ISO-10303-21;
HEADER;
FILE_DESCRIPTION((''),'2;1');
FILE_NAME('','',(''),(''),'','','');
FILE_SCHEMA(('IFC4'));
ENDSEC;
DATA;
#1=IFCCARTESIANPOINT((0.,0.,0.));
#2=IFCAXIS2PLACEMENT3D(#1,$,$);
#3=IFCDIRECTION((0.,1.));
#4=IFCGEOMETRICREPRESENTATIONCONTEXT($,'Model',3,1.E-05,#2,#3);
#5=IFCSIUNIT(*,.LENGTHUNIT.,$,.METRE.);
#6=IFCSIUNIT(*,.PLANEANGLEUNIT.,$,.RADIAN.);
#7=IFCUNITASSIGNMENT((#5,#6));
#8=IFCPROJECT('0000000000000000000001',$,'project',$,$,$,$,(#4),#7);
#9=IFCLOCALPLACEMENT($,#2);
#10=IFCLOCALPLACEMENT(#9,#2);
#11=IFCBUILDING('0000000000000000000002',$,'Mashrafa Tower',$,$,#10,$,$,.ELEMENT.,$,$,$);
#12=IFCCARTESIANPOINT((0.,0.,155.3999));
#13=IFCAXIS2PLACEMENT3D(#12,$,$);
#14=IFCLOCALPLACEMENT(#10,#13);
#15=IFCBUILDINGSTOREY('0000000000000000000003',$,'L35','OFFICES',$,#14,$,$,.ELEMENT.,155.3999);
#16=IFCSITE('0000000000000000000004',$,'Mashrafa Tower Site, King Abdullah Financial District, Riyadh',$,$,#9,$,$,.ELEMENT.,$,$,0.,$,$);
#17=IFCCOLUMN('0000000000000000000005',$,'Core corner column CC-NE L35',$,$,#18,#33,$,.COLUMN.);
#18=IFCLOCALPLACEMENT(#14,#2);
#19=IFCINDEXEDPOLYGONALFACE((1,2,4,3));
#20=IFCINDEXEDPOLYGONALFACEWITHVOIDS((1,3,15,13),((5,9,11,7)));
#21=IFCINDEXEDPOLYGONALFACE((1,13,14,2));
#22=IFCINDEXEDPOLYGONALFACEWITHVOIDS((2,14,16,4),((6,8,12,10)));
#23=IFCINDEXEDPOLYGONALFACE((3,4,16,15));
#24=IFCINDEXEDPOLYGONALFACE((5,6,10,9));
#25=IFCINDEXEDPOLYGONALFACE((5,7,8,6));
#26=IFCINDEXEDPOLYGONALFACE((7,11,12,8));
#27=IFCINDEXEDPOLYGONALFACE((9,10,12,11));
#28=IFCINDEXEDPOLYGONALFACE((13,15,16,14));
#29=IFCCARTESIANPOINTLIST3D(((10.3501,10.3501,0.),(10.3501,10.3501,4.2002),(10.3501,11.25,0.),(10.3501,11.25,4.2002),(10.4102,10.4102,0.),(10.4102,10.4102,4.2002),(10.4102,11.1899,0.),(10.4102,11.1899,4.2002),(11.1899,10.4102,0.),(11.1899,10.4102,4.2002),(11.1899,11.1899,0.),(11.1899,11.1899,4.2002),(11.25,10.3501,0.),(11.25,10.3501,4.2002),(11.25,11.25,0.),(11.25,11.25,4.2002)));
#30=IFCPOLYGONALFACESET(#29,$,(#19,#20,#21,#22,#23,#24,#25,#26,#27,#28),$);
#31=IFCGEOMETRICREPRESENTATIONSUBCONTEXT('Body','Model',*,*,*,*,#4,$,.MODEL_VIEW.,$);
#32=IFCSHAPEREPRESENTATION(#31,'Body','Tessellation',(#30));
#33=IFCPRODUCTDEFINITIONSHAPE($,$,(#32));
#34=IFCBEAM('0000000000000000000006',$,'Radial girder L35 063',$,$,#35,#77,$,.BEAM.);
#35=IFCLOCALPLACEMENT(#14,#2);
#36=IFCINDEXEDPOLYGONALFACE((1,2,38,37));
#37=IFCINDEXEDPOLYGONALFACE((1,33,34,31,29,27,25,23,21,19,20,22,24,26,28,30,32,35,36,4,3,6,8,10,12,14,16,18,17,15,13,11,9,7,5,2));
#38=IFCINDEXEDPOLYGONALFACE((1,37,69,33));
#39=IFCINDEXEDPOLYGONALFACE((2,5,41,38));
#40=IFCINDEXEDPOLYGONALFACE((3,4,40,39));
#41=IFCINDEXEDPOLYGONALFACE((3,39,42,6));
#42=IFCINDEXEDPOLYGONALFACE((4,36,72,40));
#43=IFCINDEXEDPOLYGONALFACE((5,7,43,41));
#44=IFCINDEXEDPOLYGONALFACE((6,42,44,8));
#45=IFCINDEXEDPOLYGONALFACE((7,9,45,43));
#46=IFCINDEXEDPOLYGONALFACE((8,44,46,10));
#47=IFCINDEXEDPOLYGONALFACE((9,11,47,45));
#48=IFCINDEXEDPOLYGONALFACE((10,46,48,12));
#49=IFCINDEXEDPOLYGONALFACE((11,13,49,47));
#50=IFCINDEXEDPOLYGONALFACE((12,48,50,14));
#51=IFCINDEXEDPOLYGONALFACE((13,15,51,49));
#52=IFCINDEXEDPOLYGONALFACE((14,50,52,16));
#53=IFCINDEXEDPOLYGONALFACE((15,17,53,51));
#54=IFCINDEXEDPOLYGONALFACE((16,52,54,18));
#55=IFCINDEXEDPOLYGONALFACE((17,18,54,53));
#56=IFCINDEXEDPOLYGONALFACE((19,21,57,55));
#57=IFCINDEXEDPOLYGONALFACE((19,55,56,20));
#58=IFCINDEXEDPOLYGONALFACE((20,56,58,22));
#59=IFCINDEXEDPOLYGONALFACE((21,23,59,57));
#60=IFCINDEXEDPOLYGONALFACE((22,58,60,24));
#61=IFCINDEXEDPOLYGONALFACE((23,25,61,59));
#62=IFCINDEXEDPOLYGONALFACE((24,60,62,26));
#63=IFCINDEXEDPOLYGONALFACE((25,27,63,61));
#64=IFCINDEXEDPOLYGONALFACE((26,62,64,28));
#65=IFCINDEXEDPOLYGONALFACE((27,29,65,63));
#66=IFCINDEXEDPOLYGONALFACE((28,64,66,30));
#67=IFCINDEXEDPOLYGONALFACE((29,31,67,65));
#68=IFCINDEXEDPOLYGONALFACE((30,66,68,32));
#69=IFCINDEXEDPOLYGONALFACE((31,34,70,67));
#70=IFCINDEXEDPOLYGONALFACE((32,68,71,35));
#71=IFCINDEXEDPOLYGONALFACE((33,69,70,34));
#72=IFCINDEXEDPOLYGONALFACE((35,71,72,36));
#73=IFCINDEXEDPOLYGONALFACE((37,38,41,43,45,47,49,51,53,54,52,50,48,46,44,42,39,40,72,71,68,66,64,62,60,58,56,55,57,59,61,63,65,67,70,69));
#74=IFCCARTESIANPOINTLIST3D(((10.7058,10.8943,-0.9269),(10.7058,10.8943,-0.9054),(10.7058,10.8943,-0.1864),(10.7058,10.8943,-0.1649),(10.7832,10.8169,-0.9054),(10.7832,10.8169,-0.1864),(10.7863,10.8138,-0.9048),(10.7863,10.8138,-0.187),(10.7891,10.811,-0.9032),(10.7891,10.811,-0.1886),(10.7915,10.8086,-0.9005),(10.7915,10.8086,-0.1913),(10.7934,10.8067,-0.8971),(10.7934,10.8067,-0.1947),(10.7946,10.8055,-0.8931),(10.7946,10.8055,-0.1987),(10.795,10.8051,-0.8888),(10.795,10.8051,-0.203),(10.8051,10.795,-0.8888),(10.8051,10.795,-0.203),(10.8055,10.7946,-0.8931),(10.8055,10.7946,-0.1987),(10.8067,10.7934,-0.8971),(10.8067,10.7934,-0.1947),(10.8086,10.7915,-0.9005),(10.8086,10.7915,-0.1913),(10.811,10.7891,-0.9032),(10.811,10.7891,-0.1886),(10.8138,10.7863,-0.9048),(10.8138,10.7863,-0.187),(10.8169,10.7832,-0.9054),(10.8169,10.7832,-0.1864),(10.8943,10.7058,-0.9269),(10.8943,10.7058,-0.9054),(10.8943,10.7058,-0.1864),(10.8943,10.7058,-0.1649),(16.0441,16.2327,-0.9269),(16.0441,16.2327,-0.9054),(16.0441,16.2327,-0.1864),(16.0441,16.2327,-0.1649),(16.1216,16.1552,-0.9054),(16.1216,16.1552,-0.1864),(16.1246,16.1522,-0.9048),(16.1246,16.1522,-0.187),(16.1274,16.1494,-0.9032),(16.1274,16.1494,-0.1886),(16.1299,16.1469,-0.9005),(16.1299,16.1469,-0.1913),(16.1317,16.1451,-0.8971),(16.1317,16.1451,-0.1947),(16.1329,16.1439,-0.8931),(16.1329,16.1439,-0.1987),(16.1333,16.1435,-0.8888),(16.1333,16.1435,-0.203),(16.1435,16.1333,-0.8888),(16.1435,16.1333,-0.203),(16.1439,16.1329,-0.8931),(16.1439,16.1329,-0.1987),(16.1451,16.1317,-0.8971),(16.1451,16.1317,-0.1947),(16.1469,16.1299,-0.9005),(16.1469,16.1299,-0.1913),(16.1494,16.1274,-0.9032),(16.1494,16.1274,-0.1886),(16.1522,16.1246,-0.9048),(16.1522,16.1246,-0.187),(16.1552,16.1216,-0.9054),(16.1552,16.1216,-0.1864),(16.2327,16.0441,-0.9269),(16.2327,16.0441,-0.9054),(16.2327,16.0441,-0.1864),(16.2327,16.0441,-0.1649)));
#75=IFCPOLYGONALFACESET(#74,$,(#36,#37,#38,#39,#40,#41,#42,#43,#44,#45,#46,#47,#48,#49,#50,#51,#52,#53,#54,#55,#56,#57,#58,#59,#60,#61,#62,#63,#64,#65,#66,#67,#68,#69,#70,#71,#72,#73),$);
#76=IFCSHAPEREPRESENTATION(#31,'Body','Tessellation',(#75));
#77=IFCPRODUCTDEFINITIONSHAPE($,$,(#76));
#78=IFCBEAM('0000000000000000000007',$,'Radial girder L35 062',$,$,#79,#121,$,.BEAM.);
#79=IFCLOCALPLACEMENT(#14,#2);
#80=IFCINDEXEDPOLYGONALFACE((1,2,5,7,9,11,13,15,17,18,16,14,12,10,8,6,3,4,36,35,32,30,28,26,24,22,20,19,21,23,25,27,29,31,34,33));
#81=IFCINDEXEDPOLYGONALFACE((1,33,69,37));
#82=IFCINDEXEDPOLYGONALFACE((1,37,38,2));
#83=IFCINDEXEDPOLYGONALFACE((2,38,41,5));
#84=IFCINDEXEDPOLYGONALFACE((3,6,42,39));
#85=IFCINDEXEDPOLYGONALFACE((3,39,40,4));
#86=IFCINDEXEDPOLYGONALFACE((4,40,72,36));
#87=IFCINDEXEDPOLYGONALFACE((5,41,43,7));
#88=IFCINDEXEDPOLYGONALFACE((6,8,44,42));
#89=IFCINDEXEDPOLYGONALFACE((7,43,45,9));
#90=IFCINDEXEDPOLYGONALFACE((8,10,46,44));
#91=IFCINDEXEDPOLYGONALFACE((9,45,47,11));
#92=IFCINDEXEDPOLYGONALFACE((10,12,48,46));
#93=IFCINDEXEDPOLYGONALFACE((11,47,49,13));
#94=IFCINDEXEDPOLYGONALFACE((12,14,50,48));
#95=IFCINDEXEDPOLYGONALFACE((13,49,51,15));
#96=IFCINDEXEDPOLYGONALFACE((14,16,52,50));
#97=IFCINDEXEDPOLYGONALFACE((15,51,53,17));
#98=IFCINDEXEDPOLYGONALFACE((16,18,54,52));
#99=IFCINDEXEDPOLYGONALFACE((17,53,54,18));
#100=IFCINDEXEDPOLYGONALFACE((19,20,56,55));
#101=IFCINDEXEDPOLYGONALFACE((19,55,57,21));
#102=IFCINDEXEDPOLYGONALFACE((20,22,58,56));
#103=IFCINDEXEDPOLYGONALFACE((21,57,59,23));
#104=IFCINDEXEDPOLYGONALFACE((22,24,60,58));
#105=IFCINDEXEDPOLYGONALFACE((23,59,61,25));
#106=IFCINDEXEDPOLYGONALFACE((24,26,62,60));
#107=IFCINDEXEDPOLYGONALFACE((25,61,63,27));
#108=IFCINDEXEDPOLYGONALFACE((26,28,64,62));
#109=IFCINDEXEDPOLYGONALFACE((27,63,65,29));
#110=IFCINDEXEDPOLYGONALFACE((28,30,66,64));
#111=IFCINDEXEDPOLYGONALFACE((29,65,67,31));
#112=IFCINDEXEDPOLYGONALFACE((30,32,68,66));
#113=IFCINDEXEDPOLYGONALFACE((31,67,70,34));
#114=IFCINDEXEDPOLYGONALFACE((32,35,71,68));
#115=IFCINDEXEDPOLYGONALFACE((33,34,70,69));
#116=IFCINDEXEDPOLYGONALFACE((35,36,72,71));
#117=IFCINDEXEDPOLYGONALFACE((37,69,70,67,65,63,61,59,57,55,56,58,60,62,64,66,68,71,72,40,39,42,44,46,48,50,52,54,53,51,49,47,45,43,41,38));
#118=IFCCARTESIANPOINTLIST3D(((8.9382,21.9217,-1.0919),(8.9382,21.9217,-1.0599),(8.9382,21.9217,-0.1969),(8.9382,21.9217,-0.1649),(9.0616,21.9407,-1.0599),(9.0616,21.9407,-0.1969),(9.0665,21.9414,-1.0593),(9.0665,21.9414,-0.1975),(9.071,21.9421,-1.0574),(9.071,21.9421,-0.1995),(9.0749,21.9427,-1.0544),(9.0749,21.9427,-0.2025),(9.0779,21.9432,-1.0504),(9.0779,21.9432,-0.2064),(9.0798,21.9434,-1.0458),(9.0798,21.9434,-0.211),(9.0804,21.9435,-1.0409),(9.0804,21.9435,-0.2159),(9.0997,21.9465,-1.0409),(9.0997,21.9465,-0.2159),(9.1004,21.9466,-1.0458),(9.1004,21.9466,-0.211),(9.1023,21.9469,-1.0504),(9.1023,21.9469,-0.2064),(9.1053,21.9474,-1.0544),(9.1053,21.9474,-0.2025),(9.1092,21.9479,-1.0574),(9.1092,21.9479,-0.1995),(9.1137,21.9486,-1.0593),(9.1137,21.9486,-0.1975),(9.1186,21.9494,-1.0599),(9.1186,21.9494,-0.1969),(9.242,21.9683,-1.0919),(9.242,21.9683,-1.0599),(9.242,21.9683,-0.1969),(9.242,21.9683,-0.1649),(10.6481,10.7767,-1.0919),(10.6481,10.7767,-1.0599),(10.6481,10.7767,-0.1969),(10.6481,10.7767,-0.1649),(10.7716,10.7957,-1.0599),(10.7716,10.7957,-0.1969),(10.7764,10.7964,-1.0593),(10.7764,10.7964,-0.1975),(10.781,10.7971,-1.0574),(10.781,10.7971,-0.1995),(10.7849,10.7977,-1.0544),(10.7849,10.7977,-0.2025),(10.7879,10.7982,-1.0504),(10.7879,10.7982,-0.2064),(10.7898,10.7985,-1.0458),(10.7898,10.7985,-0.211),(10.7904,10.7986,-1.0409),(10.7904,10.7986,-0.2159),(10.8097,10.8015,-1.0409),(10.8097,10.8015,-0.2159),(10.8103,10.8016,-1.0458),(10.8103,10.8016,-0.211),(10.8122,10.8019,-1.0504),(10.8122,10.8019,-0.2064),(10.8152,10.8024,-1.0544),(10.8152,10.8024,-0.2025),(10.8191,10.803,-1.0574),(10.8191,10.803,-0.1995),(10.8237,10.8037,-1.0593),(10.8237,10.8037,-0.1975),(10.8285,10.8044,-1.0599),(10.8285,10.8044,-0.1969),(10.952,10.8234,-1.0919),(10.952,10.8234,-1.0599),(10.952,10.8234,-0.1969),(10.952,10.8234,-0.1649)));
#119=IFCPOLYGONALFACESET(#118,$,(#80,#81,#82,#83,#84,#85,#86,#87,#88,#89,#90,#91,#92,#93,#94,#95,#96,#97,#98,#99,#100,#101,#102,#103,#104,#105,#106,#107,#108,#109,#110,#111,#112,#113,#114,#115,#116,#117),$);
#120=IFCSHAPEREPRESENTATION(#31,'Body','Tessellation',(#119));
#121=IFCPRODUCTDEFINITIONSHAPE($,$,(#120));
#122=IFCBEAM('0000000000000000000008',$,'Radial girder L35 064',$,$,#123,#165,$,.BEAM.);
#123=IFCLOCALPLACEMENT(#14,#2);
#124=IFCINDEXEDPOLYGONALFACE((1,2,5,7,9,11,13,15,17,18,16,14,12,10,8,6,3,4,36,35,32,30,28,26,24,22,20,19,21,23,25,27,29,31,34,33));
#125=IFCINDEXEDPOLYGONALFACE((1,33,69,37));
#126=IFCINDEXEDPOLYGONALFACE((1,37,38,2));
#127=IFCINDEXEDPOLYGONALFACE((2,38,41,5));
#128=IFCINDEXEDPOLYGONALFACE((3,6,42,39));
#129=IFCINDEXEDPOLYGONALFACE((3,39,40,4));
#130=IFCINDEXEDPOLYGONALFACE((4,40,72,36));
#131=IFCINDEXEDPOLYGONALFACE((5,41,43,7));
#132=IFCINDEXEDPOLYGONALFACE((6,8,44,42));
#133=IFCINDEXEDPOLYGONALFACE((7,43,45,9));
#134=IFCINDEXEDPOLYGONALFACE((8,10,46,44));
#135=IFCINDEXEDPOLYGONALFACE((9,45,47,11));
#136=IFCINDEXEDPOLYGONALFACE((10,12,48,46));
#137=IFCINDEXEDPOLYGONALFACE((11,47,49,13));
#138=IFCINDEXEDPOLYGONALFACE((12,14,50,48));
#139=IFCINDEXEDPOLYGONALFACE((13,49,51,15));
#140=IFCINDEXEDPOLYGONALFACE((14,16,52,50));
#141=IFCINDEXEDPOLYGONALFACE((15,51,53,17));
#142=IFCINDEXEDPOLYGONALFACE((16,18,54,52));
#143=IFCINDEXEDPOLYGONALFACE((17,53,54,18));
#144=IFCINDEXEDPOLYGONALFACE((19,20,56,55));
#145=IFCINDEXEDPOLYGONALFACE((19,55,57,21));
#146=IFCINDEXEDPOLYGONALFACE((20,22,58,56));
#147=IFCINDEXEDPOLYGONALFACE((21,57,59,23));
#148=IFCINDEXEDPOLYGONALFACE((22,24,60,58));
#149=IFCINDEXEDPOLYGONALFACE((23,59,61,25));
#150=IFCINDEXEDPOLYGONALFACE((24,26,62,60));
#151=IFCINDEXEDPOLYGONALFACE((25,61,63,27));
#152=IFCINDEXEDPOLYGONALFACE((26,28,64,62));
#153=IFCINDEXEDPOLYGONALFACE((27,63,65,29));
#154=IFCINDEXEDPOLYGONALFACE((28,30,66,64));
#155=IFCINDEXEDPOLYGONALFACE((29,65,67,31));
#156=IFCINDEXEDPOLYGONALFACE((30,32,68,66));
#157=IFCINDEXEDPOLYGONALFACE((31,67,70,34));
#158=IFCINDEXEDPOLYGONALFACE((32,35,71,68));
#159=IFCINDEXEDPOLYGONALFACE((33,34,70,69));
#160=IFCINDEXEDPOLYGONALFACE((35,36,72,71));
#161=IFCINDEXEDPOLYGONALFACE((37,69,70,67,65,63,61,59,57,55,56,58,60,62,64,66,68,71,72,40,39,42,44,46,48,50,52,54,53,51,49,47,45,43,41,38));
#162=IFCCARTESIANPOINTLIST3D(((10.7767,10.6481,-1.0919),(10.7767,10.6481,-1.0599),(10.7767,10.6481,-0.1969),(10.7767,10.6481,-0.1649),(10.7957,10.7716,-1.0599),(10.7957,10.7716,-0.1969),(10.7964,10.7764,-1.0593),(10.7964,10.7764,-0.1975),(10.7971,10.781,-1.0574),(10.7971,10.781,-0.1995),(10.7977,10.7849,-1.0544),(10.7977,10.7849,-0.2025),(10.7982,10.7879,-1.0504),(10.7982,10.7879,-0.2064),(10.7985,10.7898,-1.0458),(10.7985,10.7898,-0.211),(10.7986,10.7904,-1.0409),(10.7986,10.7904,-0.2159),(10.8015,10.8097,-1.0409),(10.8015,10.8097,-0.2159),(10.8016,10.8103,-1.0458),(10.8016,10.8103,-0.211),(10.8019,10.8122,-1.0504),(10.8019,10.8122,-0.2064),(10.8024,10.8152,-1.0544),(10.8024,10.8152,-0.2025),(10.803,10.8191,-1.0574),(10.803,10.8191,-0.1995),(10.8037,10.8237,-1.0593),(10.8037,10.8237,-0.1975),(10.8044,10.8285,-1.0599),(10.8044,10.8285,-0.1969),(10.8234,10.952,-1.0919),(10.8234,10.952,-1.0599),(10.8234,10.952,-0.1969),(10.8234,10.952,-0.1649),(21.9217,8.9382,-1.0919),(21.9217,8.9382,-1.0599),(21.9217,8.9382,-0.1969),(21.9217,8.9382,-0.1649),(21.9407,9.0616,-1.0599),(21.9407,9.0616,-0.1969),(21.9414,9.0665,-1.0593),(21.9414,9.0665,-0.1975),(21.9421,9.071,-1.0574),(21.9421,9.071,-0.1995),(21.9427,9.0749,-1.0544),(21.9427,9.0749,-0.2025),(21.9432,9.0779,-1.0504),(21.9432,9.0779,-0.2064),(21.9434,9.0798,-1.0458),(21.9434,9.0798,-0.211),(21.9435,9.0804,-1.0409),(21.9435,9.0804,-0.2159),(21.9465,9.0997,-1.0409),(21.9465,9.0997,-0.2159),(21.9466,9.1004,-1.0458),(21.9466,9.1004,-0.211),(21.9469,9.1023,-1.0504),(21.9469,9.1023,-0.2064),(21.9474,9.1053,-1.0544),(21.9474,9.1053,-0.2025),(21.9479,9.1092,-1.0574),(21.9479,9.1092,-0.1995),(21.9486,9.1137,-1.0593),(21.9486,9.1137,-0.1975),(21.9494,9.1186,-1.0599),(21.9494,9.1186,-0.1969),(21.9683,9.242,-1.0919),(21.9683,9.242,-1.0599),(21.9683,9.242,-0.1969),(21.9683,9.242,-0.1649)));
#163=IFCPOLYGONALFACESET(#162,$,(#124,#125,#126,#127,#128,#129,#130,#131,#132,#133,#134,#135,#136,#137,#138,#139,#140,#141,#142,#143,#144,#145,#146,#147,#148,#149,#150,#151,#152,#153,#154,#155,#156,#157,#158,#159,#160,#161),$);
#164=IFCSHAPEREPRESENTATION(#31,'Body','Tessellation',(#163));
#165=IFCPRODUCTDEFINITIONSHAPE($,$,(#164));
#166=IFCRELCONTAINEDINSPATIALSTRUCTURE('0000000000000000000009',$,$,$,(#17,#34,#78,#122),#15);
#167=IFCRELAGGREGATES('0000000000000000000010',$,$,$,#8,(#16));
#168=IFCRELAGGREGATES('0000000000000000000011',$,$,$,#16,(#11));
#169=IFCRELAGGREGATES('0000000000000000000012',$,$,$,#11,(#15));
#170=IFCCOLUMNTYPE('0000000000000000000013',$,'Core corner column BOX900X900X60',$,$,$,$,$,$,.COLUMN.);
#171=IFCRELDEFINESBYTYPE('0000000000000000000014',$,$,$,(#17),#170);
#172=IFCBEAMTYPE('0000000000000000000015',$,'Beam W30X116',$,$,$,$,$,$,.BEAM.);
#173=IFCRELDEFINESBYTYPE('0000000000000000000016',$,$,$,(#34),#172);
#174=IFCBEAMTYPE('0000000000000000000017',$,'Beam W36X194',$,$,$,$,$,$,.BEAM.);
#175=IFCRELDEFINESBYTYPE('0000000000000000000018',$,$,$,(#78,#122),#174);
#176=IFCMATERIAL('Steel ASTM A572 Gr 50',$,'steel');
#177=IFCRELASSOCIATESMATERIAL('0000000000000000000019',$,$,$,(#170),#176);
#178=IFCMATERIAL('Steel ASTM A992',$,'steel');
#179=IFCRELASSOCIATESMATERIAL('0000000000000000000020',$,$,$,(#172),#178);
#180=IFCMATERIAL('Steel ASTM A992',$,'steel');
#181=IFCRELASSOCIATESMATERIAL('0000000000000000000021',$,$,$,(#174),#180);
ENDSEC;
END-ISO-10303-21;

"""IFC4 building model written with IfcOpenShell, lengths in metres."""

from ifc_helpers import new_model, si_unit, direction, frame, origin, origin_2d, place, context, subcontext, project, spatial, hollow_rectangle, i_section, extrude, material, material_profile, profile_set, type_object, element, save


model = new_model("IFC4")

# Units and contexts
model_context = context("Model", 3, precision=1e-05, world=origin(), true_north=direction((0.0, 1.0)))
body_context = subcontext(model_context, "Body", "Model", "MODEL_VIEW")
ifc_project = project(units=[si_unit("LENGTHUNIT", "METRE"), si_unit("PLANEANGLEUNIT", "RADIAN")], contexts=[model_context])

# Site, building, storey
site_placement = place(None, origin())
site = spatial("IfcSite", under=ifc_project, at=site_placement, Name="Mashrafa Tower Site, King Abdullah Financial District, Riyadh", CompositionType="ELEMENT", RefElevation=0.0)
building_placement = place(site_placement, origin())
building = spatial("IfcBuilding", under=site, at=building_placement, Name="Mashrafa Tower", CompositionType="ELEMENT")
storey_placement = place(building_placement, frame((0.0, 0.0, 155.3999)))
storey = spatial("IfcBuildingStorey", under=building, at=storey_placement, Name="L35", Description="OFFICES", CompositionType="ELEMENT", Elevation=155.3999)

# Column
ifc_material_1 = material(Name="Steel ASTM A572 Gr 50", Category="steel")
ifc_material_profile_1 = material_profile(ifc_material_1, hollow_rectangle(XDim=0.8999, YDim=0.8999, WallThickness=0.0601, at=origin_2d()), Name="BOX900X900X60")
ifc_profile_set_1 = profile_set([ifc_material_profile_1], Name="Steel ASTM A572 Gr 50")
column_type = type_object("IfcColumnType", Name="Core corner column BOX900X900X60", PredefinedType="COLUMN", material=ifc_profile_set_1)
column_placement = place(storey_placement, frame((10.8, 10.8, 0.0), z_axis=(0.0, 0.0, 1.0), x_axis=(1.0, 0.0, 0.0)))
element("IfcColumn", 1, at=column_placement, inside=storey, type_object=column_type, Name="Core corner column CC-NE L35", PredefinedType="COLUMN", context=body_context, shape_type="SweptSolid", body=[
    extrude(hollow_rectangle(XDim=0.8999, YDim=0.8999, WallThickness=0.0601, at=origin_2d()), origin(), (0.0, 0.0, 1.0), 4.2002),
])

# Beams
ifc_material_2 = material(Name="Steel ASTM A992", Category="steel")
ifc_material_profile_2 = material_profile(ifc_material_2, i_section(OverallWidth=0.2666, OverallDepth=0.762, WebThickness=0.0144, FlangeThickness=0.0215, FilletRadius=0.0166, at=origin_2d()), Name="W30X116")
ifc_profile_set_2 = profile_set([ifc_material_profile_2], Name="Steel ASTM A992")
beam_type_1 = type_object("IfcBeamType", Name="Beam W30X116", PredefinedType="BEAM", material=ifc_profile_set_2)
beam_1_placement = place(storey_placement, frame((10.8, 10.8, -0.5459), z_axis=(0.707107, 0.707107, 0.0), x_axis=(-0.707107, 0.707107, 0.0)))
element("IfcBeam", 2, at=beam_1_placement, inside=storey, type_object=beam_type_1, Name="Radial girder L35 063", PredefinedType="BEAM", context=body_context, shape_type="SweptSolid", body=[
    extrude(i_section(OverallWidth=0.2666, OverallDepth=0.762, WebThickness=0.0144, FlangeThickness=0.0215, FilletRadius=0.0166, at=origin_2d()), origin(), (0.0, 0.0, 1.0), 7.5496),
])
ifc_material_3 = material(Name="Steel ASTM A992", Category="steel")
ifc_material_profile_3 = material_profile(ifc_material_3, i_section(OverallWidth=0.3074, OverallDepth=0.927, WebThickness=0.0195, FlangeThickness=0.032, FilletRadius=0.019, at=origin_2d()), Name="W36X194")
ifc_profile_set_3 = profile_set([ifc_material_profile_3], Name="Steel ASTM A992")
beam_type_2 = type_object("IfcBeamType", Name="Beam W36X194", PredefinedType="BEAM", material=ifc_profile_set_3)
for number, where, z_axis, x_axis, name in (
    (3, (10.8, 10.8, -0.6284), (-0.151654, 0.988434, 0.0), (-0.988434, -0.151654, 0.0), "Radial girder L35 062"),
    (4, (10.8, 10.8, -0.6284), (0.988434, -0.151654, 0.0), (0.151654, 0.988434, 0.0), "Radial girder L35 064"),
):
    element("IfcBeam", number, at=place(storey_placement, frame(where, z_axis=z_axis, x_axis=x_axis)), inside=storey, type_object=beam_type_2, Name=name, PredefinedType="BEAM", context=body_context, shape_type="SweptSolid", body=[
        extrude(i_section(OverallWidth=0.3074, OverallDepth=0.927, WebThickness=0.0195, FlangeThickness=0.032, FilletRadius=0.019, at=origin_2d()), origin(), (0.0, 0.0, 1.0), 11.2754),
    ])

save(model, "model.ifc")
